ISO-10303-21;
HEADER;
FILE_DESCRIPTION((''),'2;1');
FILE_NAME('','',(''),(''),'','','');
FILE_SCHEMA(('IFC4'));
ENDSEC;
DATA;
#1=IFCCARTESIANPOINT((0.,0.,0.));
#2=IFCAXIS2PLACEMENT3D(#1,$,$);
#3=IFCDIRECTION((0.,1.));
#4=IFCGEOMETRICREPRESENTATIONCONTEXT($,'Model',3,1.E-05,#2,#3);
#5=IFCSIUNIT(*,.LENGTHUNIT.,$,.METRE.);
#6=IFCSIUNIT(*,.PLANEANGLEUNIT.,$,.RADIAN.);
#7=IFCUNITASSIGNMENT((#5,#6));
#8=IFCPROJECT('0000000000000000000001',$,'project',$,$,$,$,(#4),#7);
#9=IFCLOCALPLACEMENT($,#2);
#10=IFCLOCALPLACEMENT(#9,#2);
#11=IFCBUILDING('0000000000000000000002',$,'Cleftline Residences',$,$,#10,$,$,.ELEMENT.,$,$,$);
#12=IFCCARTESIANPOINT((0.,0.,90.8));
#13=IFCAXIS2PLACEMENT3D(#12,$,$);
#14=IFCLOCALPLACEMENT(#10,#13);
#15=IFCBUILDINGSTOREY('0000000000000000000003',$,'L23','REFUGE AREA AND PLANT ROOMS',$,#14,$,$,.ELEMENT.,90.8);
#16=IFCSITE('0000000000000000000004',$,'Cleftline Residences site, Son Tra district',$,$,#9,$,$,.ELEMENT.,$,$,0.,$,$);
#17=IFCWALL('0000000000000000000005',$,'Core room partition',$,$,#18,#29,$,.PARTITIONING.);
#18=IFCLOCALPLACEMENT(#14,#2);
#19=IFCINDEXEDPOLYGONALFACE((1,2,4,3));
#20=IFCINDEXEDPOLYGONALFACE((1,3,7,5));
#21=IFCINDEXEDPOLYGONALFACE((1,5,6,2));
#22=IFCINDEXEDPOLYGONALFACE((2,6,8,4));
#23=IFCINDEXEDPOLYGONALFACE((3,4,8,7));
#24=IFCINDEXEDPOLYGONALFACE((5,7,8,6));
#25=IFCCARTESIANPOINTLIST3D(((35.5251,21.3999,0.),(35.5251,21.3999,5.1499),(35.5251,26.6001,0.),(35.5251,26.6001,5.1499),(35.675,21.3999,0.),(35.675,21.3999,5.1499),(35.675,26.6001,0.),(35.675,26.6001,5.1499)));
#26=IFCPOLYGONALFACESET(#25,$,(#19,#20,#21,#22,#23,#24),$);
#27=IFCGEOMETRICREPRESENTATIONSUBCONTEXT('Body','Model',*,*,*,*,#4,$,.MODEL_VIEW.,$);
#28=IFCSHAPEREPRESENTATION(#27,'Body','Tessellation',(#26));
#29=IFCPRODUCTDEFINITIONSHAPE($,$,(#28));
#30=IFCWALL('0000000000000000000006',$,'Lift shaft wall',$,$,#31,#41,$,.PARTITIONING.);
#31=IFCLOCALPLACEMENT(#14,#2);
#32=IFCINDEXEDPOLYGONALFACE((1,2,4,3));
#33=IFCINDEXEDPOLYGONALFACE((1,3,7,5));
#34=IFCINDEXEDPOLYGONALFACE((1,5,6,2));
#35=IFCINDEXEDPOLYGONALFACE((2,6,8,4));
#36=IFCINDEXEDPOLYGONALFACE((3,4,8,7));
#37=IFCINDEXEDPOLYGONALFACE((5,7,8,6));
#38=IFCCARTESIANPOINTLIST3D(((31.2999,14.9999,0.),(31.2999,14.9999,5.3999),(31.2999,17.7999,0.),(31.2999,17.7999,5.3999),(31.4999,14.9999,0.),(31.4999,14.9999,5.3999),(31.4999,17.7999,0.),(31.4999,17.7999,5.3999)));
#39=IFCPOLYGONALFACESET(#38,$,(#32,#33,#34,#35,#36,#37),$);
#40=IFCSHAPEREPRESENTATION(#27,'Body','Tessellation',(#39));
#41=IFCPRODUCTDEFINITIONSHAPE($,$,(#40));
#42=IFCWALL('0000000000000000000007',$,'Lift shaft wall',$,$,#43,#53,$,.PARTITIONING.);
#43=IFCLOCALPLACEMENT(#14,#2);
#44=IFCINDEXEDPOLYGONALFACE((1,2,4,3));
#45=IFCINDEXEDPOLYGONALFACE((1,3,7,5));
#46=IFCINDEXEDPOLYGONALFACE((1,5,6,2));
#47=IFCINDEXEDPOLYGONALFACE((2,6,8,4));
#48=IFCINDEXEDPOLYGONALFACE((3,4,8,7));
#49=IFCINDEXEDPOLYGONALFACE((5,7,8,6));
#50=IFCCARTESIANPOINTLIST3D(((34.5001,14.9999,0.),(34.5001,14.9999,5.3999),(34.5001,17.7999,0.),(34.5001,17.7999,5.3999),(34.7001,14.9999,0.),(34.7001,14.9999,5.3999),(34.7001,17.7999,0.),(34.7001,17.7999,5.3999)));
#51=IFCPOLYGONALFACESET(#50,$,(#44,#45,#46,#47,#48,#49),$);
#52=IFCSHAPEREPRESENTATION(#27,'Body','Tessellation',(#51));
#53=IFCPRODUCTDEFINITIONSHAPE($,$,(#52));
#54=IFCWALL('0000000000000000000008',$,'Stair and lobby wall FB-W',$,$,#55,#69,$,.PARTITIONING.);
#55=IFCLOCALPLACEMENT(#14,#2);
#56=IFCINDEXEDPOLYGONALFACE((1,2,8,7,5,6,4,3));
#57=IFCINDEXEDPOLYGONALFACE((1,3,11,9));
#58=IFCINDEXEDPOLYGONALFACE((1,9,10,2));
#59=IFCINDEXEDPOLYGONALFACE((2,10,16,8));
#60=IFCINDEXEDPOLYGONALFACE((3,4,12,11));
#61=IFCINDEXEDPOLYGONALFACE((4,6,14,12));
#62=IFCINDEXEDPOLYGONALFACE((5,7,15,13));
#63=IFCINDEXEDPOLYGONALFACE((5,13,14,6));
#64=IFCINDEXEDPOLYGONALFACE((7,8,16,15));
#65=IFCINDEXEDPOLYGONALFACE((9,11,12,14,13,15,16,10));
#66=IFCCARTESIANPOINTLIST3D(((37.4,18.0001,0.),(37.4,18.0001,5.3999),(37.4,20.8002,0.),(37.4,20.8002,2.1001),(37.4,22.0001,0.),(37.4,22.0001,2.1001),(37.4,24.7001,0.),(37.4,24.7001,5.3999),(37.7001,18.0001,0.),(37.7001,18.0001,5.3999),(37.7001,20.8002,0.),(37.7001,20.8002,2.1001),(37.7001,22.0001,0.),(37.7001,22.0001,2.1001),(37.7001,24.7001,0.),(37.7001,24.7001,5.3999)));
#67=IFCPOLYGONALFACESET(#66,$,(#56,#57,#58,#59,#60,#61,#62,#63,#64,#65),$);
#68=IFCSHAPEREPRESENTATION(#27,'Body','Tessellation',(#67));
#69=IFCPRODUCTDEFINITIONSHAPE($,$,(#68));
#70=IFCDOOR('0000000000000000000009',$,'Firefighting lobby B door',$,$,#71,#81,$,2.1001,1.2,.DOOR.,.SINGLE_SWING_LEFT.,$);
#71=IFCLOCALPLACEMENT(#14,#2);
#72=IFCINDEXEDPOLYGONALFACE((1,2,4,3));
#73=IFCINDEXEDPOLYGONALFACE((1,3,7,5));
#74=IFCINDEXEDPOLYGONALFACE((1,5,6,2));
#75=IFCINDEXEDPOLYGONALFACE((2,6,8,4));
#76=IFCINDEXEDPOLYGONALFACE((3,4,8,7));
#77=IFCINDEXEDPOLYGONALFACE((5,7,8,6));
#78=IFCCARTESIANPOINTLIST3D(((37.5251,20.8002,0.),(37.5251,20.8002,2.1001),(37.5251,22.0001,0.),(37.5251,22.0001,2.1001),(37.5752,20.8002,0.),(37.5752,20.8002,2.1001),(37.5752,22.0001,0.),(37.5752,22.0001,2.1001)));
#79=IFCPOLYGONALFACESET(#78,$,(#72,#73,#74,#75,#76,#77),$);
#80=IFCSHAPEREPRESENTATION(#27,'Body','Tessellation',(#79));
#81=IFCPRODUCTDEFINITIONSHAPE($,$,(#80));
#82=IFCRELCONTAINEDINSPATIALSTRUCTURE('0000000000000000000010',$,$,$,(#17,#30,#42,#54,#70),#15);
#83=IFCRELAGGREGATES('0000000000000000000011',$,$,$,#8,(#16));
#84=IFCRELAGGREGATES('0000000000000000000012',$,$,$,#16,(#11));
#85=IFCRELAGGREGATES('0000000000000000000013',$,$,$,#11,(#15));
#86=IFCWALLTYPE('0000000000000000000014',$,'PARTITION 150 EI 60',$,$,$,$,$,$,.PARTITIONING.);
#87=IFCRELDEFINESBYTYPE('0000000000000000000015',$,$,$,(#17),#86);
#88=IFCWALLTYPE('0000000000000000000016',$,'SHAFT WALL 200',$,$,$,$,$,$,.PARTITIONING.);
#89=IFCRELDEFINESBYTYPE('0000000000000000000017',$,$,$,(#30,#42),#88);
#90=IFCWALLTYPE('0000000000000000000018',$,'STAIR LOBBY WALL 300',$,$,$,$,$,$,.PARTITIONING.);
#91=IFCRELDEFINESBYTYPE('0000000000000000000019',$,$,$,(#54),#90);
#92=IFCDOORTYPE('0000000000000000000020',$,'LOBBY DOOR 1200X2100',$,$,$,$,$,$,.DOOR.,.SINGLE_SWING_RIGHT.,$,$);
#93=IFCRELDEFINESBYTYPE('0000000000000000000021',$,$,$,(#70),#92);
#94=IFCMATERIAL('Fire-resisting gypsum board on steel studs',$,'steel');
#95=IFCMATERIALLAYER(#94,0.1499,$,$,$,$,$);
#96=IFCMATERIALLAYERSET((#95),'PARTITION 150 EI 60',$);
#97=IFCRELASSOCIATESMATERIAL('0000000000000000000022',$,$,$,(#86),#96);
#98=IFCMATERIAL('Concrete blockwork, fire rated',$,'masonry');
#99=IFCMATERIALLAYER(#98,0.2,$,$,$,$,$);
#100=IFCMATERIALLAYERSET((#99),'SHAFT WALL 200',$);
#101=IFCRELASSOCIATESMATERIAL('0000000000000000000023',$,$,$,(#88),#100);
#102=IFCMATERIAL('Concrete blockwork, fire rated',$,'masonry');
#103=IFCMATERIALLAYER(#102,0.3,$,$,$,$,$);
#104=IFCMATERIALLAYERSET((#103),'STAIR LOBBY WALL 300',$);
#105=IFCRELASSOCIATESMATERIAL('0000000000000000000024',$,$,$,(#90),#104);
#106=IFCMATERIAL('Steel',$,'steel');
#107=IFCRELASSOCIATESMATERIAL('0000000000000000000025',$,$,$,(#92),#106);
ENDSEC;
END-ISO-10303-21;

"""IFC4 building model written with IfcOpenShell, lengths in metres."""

from ifc_helpers import new_model, si_unit, direction, frame, frame_2d, origin, place, context, subcontext, project, spatial, rectangle, extrude, material, layer, layer_set, type_object, element, fill, save


model = new_model("IFC4")

# Units and contexts
model_context = context("Model", 3, precision=1e-05, world=origin(), true_north=direction((0.0, 1.0)))
body_context = subcontext(model_context, "Body", "Model", "MODEL_VIEW")
ifc_project = project(units=[si_unit("LENGTHUNIT", "METRE"), si_unit("PLANEANGLEUNIT", "RADIAN")], contexts=[model_context])

# Site, building, storey
site_placement = place(None, origin())
site = spatial("IfcSite", under=ifc_project, at=site_placement, Name="Cleftline Residences site, Son Tra district", CompositionType="ELEMENT", RefElevation=0.0)
building_placement = place(site_placement, origin())
building = spatial("IfcBuilding", under=site, at=building_placement, Name="Cleftline Residences", CompositionType="ELEMENT")
storey_placement = place(building_placement, frame((0.0, 0.0, 90.8)))
storey = spatial("IfcBuildingStorey", under=building, at=storey_placement, Name="L23", Description="REFUGE AREA AND PLANT ROOMS", CompositionType="ELEMENT", Elevation=90.8)

# Walls
ifc_material_1 = material(Name="Fire-resisting gypsum board on steel studs", Category="steel")
ifc_layer_1 = layer(ifc_material_1, 0.1499)
ifc_layer_set_1 = layer_set([ifc_layer_1], Name="PARTITION 150 EI 60")
wall_type_1 = type_object("IfcWallType", Name="PARTITION 150 EI 60", PredefinedType="PARTITIONING", material=ifc_layer_set_1)
wall_1_placement = place(storey_placement, frame((35.6001, 21.3999, 0.0), z_axis=(0.0, 0.0, 1.0), x_axis=(0.0, 1.0, 0.0)))
element("IfcWall", 1, at=wall_1_placement, inside=storey, type_object=wall_type_1, Name="Core room partition", PredefinedType="PARTITIONING", context=body_context, shape_type="SweptSolid", body=[
    extrude(rectangle(XDim=5.2002, YDim=0.1499, at=frame_2d((2.6001, 0.0))), origin(), (0.0, 0.0, 1.0), 5.1499),
])
ifc_material_2 = material(Name="Concrete blockwork, fire rated", Category="masonry")
ifc_layer_2 = layer(ifc_material_2, 0.2)
ifc_layer_set_2 = layer_set([ifc_layer_2], Name="SHAFT WALL 200")
wall_type_2 = type_object("IfcWallType", Name="SHAFT WALL 200", PredefinedType="PARTITIONING", material=ifc_layer_set_2)
for number, where, z_axis, x_axis, name in (
    (2, (31.3999, 15.0, 0.0), (0.0, 0.0, 1.0), (0.0, 1.0, 0.0), "Lift shaft wall"),
    (3, (34.6001, 15.0, 0.0), (0.0, 0.0, 1.0), (0.0, 1.0, 0.0), "Lift shaft wall"),
):
    element("IfcWall", number, at=place(storey_placement, frame(where, z_axis=z_axis, x_axis=x_axis)), inside=storey, type_object=wall_type_2, Name=name, PredefinedType="PARTITIONING", context=body_context, shape_type="SweptSolid", body=[
        extrude(rectangle(XDim=2.8, YDim=0.2, at=frame_2d((1.3999, 0.0))), origin(), (0.0, 0.0, 1.0), 5.3999),
    ])

# Wall, opening, door
ifc_material_3 = material(Name="Concrete blockwork, fire rated", Category="masonry")
ifc_layer_3 = layer(ifc_material_3, 0.3)
ifc_layer_set_3 = layer_set([ifc_layer_3], Name="STAIR LOBBY WALL 300")
wall_type_3 = type_object("IfcWallType", Name="STAIR LOBBY WALL 300", PredefinedType="PARTITIONING", material=ifc_layer_set_3)
wall_2_placement = place(storey_placement, frame((37.55, 18.0, 0.0), z_axis=(0.0, 0.0, 1.0), x_axis=(0.0, 1.0, 0.0)))
wall_2 = element("IfcWall", 4, at=wall_2_placement, inside=storey, type_object=wall_type_3, Name="Stair and lobby wall FB-W", PredefinedType="PARTITIONING", context=body_context, shape_type="SweptSolid", body=[
    extrude(rectangle(XDim=6.7, YDim=0.3, at=frame_2d((3.3501, 0.0))), origin(), (0.0, 0.0, 1.0), 5.3999),
])
opening_1_placement = place(wall_2_placement, frame((2.8, 0.0, 0.0)))
opening_1 = element("IfcOpeningElement", 5, at=opening_1_placement, cuts=wall_2, PredefinedType="OPENING", context=body_context, shape_type="SweptSolid", body=[
    extrude(rectangle(XDim=1.2, YDim=2.1001, at=frame_2d((0.6001, 1.05))), frame((0.0, 0.1599, 0.0), z_axis=(0.0, -1.0, 0.0), x_axis=(1.0, 0.0, 0.0)), (0.0, 0.0, 1.0), 0.3201),
])
ifc_material_4 = material(Name="Steel", Category="steel")
door_type_1 = type_object("IfcDoorType", Name="LOBBY DOOR 1200X2100", OperationType="SINGLE_SWING_RIGHT", PredefinedType="DOOR", material=ifc_material_4)
door_1_placement = place(opening_1_placement, origin())
door_1 = element("IfcDoor", 6, at=door_1_placement, inside=storey, type_object=door_type_1, Name="Firefighting lobby B door", OperationType="SINGLE_SWING_LEFT", OverallHeight=2.1001, OverallWidth=1.2, PredefinedType="DOOR", context=body_context, shape_type="SweptSolid", body=[
    extrude(rectangle(XDim=1.2, YDim=2.1001, at=frame_2d((0.6001, 1.05))), frame((0.0, 0.0249, 0.0), z_axis=(0.0, -1.0, 0.0), x_axis=(1.0, 0.0, 0.0)), (0.0, 0.0, 1.0), 0.05),
])
fill(opening_1, door_1)

save(model, "model.ifc")
